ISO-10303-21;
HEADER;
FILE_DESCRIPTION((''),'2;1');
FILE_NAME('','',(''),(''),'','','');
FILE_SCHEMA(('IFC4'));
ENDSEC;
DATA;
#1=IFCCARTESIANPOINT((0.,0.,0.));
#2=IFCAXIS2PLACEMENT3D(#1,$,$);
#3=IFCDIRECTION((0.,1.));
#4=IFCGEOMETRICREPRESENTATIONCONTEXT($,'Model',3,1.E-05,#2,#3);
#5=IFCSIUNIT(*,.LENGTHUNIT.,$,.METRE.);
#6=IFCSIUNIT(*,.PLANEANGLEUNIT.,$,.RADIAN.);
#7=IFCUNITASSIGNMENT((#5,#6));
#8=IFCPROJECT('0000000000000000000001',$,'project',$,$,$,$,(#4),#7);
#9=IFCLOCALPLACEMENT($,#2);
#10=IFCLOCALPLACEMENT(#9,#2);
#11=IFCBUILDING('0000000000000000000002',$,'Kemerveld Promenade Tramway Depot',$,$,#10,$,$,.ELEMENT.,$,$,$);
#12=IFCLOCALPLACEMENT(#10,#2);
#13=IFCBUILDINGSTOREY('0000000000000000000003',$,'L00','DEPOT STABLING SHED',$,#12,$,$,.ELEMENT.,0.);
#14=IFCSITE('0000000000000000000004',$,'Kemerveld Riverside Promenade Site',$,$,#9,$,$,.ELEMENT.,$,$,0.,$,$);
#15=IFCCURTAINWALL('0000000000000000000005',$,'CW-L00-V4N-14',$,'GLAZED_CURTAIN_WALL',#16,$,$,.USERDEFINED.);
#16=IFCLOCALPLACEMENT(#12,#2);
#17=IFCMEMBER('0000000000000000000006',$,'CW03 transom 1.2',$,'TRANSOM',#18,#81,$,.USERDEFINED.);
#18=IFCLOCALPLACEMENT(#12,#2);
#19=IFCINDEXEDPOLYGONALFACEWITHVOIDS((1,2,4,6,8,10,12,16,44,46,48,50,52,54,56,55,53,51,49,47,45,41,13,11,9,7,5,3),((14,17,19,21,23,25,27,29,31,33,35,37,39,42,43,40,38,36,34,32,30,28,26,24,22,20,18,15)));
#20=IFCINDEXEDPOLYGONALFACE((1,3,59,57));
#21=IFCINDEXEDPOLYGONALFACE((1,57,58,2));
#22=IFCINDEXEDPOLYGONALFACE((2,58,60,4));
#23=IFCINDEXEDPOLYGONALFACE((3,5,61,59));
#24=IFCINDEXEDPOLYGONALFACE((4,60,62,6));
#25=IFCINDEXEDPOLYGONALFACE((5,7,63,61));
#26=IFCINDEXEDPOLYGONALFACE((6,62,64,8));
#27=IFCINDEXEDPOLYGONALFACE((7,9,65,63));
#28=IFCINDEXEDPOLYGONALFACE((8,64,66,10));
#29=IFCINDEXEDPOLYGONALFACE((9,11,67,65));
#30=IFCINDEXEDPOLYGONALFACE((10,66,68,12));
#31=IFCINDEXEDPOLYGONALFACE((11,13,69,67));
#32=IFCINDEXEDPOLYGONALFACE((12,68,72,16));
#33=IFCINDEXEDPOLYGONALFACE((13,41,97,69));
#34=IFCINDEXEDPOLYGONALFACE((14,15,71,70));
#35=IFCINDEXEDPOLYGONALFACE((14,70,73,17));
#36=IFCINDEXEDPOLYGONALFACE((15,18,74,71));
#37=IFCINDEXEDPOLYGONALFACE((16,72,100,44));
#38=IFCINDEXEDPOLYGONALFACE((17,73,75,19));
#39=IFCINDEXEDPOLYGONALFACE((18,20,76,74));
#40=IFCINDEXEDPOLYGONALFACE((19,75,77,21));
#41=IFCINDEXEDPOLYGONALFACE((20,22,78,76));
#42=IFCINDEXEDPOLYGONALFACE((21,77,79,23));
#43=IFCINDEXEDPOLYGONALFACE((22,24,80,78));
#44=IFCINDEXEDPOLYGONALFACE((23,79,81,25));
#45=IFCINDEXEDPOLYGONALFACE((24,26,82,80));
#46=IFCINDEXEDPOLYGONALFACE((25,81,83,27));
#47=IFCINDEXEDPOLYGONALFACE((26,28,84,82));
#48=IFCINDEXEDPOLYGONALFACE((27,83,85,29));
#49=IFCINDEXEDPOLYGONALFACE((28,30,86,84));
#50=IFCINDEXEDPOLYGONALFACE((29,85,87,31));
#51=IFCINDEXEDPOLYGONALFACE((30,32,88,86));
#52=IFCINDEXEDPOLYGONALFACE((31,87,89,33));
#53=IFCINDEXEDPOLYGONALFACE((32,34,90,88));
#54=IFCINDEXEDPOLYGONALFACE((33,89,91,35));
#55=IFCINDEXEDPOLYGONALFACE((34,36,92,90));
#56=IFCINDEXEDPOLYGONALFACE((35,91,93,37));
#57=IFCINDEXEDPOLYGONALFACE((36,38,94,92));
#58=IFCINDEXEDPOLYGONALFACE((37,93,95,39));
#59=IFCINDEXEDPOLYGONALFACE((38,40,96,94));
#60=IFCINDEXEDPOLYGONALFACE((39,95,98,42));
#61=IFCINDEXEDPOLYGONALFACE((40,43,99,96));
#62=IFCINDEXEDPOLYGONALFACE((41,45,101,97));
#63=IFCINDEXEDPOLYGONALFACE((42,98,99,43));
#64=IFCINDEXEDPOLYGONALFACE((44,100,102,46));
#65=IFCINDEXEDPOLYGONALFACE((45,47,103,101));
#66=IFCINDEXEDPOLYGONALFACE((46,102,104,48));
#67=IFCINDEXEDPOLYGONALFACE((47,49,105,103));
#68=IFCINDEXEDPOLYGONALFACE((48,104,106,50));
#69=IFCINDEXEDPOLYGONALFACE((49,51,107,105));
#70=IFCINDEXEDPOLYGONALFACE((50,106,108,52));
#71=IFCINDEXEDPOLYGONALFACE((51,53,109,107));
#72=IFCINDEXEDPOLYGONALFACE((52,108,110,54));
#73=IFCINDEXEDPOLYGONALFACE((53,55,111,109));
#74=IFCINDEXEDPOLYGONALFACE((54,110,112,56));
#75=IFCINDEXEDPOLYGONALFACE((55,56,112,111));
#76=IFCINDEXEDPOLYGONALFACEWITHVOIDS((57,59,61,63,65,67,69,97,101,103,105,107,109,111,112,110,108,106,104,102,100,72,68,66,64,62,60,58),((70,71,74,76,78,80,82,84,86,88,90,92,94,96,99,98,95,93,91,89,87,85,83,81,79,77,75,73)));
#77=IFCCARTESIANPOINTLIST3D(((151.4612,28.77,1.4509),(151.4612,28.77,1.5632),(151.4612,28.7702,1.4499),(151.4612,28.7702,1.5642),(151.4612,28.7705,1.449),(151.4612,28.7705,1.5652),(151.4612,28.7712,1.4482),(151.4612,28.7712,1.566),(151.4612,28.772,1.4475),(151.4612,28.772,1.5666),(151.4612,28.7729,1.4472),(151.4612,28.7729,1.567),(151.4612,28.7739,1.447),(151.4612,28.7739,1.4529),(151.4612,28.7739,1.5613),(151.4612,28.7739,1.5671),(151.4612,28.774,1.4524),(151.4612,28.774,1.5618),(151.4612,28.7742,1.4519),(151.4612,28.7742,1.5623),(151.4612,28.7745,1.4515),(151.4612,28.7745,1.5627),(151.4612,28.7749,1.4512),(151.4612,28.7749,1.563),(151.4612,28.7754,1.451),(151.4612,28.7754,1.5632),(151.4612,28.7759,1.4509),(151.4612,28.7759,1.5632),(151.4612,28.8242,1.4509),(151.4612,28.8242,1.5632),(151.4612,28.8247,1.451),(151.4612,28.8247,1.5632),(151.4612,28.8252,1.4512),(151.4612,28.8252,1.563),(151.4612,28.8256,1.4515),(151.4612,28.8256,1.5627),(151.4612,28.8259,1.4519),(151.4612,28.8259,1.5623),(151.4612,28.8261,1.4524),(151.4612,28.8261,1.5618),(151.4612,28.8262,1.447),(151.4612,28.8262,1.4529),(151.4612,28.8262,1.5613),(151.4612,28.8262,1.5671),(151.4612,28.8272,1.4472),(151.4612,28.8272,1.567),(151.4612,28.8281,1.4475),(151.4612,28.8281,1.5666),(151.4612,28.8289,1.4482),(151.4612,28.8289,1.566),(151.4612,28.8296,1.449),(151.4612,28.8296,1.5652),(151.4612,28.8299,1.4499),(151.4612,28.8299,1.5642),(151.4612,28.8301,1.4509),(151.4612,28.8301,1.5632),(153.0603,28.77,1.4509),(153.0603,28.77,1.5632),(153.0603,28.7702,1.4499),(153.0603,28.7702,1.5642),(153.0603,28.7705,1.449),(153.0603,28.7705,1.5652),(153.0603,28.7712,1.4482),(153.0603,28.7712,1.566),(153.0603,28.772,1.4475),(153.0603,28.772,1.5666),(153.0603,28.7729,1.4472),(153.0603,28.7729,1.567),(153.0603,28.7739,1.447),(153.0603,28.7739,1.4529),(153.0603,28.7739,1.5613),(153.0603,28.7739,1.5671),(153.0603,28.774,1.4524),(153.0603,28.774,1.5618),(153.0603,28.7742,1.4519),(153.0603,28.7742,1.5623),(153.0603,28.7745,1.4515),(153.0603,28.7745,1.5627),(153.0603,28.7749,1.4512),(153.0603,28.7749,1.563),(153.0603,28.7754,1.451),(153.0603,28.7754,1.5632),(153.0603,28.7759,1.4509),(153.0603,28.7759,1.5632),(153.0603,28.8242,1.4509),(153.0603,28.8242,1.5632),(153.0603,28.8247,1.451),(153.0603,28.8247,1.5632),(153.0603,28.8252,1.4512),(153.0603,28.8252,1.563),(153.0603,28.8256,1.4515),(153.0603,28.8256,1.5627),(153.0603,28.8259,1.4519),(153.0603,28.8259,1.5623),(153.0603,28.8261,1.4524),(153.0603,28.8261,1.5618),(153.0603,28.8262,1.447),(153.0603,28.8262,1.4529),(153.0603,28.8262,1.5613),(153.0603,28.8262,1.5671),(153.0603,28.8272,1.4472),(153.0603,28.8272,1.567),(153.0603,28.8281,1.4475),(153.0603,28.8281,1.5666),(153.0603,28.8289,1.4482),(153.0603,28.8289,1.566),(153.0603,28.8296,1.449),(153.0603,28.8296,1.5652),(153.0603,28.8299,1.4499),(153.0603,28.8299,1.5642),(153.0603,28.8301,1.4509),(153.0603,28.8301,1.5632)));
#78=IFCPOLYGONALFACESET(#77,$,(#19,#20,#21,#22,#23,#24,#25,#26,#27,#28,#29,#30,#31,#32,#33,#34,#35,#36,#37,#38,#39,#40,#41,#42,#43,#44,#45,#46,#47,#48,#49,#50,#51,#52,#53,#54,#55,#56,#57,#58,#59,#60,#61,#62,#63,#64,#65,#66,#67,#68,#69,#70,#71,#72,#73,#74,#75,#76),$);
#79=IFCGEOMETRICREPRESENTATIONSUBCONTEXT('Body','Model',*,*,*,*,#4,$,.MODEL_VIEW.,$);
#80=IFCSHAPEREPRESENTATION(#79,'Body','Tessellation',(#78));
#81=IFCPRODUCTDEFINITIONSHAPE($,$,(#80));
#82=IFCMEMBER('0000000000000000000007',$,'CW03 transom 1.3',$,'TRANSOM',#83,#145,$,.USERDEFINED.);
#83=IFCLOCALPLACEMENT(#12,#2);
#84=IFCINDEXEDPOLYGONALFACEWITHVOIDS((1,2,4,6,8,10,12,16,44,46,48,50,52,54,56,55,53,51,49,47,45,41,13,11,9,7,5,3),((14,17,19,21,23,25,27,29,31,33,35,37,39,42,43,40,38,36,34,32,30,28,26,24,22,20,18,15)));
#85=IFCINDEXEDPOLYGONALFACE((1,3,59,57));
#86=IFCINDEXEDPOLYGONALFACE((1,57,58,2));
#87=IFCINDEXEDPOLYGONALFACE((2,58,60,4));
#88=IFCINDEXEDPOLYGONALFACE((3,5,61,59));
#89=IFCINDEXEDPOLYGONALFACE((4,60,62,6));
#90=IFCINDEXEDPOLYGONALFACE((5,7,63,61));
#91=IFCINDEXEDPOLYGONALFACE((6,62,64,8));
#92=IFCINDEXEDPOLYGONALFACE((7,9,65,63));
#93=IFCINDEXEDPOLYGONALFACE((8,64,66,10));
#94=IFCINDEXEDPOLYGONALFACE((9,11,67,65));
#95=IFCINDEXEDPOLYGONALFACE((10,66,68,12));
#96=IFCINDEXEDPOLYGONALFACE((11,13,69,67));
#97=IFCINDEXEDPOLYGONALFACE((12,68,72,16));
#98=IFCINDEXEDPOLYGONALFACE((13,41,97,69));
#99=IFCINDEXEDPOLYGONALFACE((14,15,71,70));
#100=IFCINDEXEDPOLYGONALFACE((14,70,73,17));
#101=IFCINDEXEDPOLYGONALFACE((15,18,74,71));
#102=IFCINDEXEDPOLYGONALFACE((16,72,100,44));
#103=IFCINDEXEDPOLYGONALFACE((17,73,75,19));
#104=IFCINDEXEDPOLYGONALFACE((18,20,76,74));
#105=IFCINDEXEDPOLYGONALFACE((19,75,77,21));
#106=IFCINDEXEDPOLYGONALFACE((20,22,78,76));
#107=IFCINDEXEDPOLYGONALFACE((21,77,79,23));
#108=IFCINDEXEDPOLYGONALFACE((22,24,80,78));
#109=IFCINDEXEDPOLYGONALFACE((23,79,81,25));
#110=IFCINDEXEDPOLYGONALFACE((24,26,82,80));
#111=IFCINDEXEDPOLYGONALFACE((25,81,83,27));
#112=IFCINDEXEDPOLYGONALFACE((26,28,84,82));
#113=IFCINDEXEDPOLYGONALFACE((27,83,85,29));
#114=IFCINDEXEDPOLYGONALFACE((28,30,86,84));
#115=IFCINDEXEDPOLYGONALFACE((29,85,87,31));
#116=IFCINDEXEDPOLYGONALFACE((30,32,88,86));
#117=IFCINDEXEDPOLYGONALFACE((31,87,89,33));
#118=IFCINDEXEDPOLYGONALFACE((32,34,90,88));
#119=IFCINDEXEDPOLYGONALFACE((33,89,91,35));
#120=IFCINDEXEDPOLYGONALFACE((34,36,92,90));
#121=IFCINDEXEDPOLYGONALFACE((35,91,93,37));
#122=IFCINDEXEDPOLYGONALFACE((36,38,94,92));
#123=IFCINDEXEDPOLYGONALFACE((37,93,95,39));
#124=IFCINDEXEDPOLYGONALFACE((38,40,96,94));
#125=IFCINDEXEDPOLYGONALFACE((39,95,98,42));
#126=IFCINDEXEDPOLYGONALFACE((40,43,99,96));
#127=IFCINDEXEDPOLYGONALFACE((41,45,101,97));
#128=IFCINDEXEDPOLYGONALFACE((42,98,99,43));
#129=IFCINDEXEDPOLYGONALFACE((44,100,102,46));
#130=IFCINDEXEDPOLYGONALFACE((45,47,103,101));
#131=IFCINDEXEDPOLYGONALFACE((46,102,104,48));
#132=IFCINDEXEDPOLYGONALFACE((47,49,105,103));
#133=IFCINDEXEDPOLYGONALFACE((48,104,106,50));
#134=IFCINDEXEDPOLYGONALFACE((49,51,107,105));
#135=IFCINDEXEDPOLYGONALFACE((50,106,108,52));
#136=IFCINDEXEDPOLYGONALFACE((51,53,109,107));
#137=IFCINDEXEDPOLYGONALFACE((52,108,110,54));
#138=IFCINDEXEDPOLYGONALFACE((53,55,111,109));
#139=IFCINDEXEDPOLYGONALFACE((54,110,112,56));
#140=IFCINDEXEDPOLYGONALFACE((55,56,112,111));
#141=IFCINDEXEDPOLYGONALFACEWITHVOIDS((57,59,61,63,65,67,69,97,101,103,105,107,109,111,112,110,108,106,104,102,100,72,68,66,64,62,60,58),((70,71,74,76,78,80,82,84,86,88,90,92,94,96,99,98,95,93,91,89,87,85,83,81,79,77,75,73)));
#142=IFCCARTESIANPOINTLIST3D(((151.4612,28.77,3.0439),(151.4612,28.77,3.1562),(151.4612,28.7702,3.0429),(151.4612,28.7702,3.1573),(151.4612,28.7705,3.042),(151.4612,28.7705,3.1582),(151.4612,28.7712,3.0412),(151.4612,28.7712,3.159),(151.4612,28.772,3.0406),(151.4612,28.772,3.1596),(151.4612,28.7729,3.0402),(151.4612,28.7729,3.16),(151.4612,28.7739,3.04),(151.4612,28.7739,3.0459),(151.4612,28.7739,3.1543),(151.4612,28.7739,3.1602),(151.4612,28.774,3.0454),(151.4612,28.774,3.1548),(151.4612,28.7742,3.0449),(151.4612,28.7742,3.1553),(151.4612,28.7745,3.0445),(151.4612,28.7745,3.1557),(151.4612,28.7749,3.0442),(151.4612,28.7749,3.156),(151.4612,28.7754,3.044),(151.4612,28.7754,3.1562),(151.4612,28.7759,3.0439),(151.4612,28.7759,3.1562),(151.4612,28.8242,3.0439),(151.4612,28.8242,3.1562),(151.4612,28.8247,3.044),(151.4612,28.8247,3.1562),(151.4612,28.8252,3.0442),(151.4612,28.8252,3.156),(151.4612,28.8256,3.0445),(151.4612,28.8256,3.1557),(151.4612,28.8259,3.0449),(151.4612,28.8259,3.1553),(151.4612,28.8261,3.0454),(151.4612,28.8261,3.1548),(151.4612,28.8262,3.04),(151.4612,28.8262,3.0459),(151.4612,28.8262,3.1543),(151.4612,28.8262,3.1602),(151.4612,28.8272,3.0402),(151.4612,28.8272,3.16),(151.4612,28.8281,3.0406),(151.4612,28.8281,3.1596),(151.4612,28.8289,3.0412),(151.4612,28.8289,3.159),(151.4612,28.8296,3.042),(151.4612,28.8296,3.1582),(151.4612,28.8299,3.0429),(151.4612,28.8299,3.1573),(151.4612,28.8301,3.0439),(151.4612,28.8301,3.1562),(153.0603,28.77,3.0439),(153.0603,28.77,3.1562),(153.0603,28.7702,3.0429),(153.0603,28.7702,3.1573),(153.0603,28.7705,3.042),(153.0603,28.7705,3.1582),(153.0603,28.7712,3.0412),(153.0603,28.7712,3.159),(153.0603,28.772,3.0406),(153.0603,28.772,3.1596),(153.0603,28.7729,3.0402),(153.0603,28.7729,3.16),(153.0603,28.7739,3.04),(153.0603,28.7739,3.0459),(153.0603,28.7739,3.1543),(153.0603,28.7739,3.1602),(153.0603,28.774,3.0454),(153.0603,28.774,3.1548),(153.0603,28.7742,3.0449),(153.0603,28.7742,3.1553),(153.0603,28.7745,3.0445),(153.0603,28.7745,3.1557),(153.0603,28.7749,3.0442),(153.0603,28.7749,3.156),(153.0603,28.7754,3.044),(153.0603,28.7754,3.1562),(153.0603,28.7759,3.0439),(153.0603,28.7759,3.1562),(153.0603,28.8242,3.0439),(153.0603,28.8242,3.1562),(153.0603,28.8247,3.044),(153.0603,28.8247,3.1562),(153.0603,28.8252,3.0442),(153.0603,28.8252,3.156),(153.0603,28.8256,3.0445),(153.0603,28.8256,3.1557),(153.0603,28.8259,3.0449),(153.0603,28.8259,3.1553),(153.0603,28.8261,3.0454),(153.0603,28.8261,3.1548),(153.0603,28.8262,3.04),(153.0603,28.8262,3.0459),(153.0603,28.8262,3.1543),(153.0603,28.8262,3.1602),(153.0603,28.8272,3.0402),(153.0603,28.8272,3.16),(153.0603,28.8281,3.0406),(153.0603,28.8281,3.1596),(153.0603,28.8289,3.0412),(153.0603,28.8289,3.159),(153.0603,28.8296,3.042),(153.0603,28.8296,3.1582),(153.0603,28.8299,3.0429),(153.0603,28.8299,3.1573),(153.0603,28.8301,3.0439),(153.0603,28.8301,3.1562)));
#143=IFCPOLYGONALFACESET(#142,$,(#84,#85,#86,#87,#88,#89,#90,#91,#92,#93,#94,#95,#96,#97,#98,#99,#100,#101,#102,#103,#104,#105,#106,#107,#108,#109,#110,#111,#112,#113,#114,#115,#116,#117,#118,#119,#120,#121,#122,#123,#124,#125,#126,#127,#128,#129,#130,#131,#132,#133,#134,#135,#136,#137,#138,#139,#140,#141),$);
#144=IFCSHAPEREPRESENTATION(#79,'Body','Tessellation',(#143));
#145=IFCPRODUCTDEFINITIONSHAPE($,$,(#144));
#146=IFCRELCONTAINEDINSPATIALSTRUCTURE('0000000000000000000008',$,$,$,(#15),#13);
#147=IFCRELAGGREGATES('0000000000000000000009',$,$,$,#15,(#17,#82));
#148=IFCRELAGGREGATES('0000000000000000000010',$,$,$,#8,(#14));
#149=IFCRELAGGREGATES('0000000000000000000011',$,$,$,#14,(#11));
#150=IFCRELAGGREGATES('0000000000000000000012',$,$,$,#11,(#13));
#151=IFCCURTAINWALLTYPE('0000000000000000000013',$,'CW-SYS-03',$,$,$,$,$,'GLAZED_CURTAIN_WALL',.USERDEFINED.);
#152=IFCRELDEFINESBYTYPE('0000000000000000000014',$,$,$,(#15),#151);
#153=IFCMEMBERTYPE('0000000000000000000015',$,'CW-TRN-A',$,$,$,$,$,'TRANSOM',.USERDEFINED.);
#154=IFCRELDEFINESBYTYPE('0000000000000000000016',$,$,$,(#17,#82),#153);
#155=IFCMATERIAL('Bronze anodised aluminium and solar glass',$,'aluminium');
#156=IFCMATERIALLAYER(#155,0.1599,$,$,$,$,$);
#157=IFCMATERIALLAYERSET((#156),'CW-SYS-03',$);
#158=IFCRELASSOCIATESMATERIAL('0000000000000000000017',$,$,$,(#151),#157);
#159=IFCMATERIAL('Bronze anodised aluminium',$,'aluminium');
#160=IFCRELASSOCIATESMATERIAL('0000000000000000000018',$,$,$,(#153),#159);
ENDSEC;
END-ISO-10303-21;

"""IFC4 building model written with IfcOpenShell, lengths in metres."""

from ifc_helpers import new_model, si_unit, direction, frame, origin, origin_2d, place, context, subcontext, project, spatial, hollow_rectangle, extrude, material, layer, layer_set, material_profile, profile_set, type_object, element, aggregate, save


model = new_model("IFC4")

# Units and contexts
model_context = context("Model", 3, precision=1e-05, world=origin(), true_north=direction((0.0, 1.0)))
body_context = subcontext(model_context, "Body", "Model", "MODEL_VIEW")
ifc_project = project(units=[si_unit("LENGTHUNIT", "METRE"), si_unit("PLANEANGLEUNIT", "RADIAN")], contexts=[model_context])

# Site, building, storey
site_placement = place(None, origin())
site = spatial("IfcSite", under=ifc_project, at=site_placement, Name="Kemerveld Riverside Promenade Site", CompositionType="ELEMENT", RefElevation=0.0)
building_placement = place(site_placement, origin())
building = spatial("IfcBuilding", under=site, at=building_placement, Name="Kemerveld Promenade Tramway Depot", CompositionType="ELEMENT")
storey_placement = place(building_placement, origin())
storey = spatial("IfcBuildingStorey", under=building, at=storey_placement, Name="L00", Description="DEPOT STABLING SHED", CompositionType="ELEMENT", Elevation=0.0)

# Curtain wall, members
ifc_material_1 = material(Name="Bronze anodised aluminium and solar glass", Category="aluminium")
ifc_layer_1 = layer(ifc_material_1, 0.1599)
ifc_layer_set_1 = layer_set([ifc_layer_1], Name="CW-SYS-03")
curtain_wall_type = type_object("IfcCurtainWallType", Name="CW-SYS-03", ElementType="GLAZED_CURTAIN_WALL", PredefinedType="USERDEFINED", material=ifc_layer_set_1)
curtain_wall_placement = place(storey_placement, origin())
curtain_wall = element("IfcCurtainWall", 1, at=curtain_wall_placement, inside=storey, type_object=curtain_wall_type, Name="CW-L00-V4N-14", ObjectType="GLAZED_CURTAIN_WALL", PredefinedType="USERDEFINED")
ifc_material_2 = material(Name="Bronze anodised aluminium", Category="aluminium")
ifc_material_profile_1 = material_profile(ifc_material_2, hollow_rectangle(XDim=0.0601, YDim=0.1201, WallThickness=0.0039, InnerFilletRadius=0.002, OuterFilletRadius=0.0039, at=origin_2d()), Name="CW-TRN-120x60")
ifc_profile_set_1 = profile_set([ifc_material_profile_1], Name="Bronze anodised aluminium")
member_type_1 = type_object("IfcMemberType", Name="CW-TRN-A", ElementType="TRANSOM", PredefinedType="USERDEFINED", material=ifc_profile_set_1)
member_1_placement = place(storey_placement, frame((151.4612, 28.8, 1.5071), z_axis=(1.0, 0.0, 0.0), x_axis=(0.0, 1.0, 0.0)))
member_1 = element("IfcMember", 2, at=member_1_placement, type_object=member_type_1, Name="CW03 transom 1.2", ObjectType="TRANSOM", PredefinedType="USERDEFINED", context=body_context, shape_type="SweptSolid", body=[
    extrude(hollow_rectangle(XDim=0.0601, YDim=0.1201, WallThickness=0.0039, InnerFilletRadius=0.002, OuterFilletRadius=0.0039, at=origin_2d()), origin(), (0.0, 0.0, 1.0), 1.5991),
])
member_2_placement = place(storey_placement, frame((151.4612, 28.8, 3.1001), z_axis=(1.0, 0.0, 0.0), x_axis=(0.0, 1.0, 0.0)))
member_2 = element("IfcMember", 3, at=member_2_placement, type_object=member_type_1, Name="CW03 transom 1.3", ObjectType="TRANSOM", PredefinedType="USERDEFINED", context=body_context, shape_type="SweptSolid", body=[
    extrude(hollow_rectangle(XDim=0.0601, YDim=0.1201, WallThickness=0.0039, InnerFilletRadius=0.002, OuterFilletRadius=0.0039, at=origin_2d()), origin(), (0.0, 0.0, 1.0), 1.5991),
])
aggregate(curtain_wall, [member_1, member_2])

save(model, "model.ifc")
